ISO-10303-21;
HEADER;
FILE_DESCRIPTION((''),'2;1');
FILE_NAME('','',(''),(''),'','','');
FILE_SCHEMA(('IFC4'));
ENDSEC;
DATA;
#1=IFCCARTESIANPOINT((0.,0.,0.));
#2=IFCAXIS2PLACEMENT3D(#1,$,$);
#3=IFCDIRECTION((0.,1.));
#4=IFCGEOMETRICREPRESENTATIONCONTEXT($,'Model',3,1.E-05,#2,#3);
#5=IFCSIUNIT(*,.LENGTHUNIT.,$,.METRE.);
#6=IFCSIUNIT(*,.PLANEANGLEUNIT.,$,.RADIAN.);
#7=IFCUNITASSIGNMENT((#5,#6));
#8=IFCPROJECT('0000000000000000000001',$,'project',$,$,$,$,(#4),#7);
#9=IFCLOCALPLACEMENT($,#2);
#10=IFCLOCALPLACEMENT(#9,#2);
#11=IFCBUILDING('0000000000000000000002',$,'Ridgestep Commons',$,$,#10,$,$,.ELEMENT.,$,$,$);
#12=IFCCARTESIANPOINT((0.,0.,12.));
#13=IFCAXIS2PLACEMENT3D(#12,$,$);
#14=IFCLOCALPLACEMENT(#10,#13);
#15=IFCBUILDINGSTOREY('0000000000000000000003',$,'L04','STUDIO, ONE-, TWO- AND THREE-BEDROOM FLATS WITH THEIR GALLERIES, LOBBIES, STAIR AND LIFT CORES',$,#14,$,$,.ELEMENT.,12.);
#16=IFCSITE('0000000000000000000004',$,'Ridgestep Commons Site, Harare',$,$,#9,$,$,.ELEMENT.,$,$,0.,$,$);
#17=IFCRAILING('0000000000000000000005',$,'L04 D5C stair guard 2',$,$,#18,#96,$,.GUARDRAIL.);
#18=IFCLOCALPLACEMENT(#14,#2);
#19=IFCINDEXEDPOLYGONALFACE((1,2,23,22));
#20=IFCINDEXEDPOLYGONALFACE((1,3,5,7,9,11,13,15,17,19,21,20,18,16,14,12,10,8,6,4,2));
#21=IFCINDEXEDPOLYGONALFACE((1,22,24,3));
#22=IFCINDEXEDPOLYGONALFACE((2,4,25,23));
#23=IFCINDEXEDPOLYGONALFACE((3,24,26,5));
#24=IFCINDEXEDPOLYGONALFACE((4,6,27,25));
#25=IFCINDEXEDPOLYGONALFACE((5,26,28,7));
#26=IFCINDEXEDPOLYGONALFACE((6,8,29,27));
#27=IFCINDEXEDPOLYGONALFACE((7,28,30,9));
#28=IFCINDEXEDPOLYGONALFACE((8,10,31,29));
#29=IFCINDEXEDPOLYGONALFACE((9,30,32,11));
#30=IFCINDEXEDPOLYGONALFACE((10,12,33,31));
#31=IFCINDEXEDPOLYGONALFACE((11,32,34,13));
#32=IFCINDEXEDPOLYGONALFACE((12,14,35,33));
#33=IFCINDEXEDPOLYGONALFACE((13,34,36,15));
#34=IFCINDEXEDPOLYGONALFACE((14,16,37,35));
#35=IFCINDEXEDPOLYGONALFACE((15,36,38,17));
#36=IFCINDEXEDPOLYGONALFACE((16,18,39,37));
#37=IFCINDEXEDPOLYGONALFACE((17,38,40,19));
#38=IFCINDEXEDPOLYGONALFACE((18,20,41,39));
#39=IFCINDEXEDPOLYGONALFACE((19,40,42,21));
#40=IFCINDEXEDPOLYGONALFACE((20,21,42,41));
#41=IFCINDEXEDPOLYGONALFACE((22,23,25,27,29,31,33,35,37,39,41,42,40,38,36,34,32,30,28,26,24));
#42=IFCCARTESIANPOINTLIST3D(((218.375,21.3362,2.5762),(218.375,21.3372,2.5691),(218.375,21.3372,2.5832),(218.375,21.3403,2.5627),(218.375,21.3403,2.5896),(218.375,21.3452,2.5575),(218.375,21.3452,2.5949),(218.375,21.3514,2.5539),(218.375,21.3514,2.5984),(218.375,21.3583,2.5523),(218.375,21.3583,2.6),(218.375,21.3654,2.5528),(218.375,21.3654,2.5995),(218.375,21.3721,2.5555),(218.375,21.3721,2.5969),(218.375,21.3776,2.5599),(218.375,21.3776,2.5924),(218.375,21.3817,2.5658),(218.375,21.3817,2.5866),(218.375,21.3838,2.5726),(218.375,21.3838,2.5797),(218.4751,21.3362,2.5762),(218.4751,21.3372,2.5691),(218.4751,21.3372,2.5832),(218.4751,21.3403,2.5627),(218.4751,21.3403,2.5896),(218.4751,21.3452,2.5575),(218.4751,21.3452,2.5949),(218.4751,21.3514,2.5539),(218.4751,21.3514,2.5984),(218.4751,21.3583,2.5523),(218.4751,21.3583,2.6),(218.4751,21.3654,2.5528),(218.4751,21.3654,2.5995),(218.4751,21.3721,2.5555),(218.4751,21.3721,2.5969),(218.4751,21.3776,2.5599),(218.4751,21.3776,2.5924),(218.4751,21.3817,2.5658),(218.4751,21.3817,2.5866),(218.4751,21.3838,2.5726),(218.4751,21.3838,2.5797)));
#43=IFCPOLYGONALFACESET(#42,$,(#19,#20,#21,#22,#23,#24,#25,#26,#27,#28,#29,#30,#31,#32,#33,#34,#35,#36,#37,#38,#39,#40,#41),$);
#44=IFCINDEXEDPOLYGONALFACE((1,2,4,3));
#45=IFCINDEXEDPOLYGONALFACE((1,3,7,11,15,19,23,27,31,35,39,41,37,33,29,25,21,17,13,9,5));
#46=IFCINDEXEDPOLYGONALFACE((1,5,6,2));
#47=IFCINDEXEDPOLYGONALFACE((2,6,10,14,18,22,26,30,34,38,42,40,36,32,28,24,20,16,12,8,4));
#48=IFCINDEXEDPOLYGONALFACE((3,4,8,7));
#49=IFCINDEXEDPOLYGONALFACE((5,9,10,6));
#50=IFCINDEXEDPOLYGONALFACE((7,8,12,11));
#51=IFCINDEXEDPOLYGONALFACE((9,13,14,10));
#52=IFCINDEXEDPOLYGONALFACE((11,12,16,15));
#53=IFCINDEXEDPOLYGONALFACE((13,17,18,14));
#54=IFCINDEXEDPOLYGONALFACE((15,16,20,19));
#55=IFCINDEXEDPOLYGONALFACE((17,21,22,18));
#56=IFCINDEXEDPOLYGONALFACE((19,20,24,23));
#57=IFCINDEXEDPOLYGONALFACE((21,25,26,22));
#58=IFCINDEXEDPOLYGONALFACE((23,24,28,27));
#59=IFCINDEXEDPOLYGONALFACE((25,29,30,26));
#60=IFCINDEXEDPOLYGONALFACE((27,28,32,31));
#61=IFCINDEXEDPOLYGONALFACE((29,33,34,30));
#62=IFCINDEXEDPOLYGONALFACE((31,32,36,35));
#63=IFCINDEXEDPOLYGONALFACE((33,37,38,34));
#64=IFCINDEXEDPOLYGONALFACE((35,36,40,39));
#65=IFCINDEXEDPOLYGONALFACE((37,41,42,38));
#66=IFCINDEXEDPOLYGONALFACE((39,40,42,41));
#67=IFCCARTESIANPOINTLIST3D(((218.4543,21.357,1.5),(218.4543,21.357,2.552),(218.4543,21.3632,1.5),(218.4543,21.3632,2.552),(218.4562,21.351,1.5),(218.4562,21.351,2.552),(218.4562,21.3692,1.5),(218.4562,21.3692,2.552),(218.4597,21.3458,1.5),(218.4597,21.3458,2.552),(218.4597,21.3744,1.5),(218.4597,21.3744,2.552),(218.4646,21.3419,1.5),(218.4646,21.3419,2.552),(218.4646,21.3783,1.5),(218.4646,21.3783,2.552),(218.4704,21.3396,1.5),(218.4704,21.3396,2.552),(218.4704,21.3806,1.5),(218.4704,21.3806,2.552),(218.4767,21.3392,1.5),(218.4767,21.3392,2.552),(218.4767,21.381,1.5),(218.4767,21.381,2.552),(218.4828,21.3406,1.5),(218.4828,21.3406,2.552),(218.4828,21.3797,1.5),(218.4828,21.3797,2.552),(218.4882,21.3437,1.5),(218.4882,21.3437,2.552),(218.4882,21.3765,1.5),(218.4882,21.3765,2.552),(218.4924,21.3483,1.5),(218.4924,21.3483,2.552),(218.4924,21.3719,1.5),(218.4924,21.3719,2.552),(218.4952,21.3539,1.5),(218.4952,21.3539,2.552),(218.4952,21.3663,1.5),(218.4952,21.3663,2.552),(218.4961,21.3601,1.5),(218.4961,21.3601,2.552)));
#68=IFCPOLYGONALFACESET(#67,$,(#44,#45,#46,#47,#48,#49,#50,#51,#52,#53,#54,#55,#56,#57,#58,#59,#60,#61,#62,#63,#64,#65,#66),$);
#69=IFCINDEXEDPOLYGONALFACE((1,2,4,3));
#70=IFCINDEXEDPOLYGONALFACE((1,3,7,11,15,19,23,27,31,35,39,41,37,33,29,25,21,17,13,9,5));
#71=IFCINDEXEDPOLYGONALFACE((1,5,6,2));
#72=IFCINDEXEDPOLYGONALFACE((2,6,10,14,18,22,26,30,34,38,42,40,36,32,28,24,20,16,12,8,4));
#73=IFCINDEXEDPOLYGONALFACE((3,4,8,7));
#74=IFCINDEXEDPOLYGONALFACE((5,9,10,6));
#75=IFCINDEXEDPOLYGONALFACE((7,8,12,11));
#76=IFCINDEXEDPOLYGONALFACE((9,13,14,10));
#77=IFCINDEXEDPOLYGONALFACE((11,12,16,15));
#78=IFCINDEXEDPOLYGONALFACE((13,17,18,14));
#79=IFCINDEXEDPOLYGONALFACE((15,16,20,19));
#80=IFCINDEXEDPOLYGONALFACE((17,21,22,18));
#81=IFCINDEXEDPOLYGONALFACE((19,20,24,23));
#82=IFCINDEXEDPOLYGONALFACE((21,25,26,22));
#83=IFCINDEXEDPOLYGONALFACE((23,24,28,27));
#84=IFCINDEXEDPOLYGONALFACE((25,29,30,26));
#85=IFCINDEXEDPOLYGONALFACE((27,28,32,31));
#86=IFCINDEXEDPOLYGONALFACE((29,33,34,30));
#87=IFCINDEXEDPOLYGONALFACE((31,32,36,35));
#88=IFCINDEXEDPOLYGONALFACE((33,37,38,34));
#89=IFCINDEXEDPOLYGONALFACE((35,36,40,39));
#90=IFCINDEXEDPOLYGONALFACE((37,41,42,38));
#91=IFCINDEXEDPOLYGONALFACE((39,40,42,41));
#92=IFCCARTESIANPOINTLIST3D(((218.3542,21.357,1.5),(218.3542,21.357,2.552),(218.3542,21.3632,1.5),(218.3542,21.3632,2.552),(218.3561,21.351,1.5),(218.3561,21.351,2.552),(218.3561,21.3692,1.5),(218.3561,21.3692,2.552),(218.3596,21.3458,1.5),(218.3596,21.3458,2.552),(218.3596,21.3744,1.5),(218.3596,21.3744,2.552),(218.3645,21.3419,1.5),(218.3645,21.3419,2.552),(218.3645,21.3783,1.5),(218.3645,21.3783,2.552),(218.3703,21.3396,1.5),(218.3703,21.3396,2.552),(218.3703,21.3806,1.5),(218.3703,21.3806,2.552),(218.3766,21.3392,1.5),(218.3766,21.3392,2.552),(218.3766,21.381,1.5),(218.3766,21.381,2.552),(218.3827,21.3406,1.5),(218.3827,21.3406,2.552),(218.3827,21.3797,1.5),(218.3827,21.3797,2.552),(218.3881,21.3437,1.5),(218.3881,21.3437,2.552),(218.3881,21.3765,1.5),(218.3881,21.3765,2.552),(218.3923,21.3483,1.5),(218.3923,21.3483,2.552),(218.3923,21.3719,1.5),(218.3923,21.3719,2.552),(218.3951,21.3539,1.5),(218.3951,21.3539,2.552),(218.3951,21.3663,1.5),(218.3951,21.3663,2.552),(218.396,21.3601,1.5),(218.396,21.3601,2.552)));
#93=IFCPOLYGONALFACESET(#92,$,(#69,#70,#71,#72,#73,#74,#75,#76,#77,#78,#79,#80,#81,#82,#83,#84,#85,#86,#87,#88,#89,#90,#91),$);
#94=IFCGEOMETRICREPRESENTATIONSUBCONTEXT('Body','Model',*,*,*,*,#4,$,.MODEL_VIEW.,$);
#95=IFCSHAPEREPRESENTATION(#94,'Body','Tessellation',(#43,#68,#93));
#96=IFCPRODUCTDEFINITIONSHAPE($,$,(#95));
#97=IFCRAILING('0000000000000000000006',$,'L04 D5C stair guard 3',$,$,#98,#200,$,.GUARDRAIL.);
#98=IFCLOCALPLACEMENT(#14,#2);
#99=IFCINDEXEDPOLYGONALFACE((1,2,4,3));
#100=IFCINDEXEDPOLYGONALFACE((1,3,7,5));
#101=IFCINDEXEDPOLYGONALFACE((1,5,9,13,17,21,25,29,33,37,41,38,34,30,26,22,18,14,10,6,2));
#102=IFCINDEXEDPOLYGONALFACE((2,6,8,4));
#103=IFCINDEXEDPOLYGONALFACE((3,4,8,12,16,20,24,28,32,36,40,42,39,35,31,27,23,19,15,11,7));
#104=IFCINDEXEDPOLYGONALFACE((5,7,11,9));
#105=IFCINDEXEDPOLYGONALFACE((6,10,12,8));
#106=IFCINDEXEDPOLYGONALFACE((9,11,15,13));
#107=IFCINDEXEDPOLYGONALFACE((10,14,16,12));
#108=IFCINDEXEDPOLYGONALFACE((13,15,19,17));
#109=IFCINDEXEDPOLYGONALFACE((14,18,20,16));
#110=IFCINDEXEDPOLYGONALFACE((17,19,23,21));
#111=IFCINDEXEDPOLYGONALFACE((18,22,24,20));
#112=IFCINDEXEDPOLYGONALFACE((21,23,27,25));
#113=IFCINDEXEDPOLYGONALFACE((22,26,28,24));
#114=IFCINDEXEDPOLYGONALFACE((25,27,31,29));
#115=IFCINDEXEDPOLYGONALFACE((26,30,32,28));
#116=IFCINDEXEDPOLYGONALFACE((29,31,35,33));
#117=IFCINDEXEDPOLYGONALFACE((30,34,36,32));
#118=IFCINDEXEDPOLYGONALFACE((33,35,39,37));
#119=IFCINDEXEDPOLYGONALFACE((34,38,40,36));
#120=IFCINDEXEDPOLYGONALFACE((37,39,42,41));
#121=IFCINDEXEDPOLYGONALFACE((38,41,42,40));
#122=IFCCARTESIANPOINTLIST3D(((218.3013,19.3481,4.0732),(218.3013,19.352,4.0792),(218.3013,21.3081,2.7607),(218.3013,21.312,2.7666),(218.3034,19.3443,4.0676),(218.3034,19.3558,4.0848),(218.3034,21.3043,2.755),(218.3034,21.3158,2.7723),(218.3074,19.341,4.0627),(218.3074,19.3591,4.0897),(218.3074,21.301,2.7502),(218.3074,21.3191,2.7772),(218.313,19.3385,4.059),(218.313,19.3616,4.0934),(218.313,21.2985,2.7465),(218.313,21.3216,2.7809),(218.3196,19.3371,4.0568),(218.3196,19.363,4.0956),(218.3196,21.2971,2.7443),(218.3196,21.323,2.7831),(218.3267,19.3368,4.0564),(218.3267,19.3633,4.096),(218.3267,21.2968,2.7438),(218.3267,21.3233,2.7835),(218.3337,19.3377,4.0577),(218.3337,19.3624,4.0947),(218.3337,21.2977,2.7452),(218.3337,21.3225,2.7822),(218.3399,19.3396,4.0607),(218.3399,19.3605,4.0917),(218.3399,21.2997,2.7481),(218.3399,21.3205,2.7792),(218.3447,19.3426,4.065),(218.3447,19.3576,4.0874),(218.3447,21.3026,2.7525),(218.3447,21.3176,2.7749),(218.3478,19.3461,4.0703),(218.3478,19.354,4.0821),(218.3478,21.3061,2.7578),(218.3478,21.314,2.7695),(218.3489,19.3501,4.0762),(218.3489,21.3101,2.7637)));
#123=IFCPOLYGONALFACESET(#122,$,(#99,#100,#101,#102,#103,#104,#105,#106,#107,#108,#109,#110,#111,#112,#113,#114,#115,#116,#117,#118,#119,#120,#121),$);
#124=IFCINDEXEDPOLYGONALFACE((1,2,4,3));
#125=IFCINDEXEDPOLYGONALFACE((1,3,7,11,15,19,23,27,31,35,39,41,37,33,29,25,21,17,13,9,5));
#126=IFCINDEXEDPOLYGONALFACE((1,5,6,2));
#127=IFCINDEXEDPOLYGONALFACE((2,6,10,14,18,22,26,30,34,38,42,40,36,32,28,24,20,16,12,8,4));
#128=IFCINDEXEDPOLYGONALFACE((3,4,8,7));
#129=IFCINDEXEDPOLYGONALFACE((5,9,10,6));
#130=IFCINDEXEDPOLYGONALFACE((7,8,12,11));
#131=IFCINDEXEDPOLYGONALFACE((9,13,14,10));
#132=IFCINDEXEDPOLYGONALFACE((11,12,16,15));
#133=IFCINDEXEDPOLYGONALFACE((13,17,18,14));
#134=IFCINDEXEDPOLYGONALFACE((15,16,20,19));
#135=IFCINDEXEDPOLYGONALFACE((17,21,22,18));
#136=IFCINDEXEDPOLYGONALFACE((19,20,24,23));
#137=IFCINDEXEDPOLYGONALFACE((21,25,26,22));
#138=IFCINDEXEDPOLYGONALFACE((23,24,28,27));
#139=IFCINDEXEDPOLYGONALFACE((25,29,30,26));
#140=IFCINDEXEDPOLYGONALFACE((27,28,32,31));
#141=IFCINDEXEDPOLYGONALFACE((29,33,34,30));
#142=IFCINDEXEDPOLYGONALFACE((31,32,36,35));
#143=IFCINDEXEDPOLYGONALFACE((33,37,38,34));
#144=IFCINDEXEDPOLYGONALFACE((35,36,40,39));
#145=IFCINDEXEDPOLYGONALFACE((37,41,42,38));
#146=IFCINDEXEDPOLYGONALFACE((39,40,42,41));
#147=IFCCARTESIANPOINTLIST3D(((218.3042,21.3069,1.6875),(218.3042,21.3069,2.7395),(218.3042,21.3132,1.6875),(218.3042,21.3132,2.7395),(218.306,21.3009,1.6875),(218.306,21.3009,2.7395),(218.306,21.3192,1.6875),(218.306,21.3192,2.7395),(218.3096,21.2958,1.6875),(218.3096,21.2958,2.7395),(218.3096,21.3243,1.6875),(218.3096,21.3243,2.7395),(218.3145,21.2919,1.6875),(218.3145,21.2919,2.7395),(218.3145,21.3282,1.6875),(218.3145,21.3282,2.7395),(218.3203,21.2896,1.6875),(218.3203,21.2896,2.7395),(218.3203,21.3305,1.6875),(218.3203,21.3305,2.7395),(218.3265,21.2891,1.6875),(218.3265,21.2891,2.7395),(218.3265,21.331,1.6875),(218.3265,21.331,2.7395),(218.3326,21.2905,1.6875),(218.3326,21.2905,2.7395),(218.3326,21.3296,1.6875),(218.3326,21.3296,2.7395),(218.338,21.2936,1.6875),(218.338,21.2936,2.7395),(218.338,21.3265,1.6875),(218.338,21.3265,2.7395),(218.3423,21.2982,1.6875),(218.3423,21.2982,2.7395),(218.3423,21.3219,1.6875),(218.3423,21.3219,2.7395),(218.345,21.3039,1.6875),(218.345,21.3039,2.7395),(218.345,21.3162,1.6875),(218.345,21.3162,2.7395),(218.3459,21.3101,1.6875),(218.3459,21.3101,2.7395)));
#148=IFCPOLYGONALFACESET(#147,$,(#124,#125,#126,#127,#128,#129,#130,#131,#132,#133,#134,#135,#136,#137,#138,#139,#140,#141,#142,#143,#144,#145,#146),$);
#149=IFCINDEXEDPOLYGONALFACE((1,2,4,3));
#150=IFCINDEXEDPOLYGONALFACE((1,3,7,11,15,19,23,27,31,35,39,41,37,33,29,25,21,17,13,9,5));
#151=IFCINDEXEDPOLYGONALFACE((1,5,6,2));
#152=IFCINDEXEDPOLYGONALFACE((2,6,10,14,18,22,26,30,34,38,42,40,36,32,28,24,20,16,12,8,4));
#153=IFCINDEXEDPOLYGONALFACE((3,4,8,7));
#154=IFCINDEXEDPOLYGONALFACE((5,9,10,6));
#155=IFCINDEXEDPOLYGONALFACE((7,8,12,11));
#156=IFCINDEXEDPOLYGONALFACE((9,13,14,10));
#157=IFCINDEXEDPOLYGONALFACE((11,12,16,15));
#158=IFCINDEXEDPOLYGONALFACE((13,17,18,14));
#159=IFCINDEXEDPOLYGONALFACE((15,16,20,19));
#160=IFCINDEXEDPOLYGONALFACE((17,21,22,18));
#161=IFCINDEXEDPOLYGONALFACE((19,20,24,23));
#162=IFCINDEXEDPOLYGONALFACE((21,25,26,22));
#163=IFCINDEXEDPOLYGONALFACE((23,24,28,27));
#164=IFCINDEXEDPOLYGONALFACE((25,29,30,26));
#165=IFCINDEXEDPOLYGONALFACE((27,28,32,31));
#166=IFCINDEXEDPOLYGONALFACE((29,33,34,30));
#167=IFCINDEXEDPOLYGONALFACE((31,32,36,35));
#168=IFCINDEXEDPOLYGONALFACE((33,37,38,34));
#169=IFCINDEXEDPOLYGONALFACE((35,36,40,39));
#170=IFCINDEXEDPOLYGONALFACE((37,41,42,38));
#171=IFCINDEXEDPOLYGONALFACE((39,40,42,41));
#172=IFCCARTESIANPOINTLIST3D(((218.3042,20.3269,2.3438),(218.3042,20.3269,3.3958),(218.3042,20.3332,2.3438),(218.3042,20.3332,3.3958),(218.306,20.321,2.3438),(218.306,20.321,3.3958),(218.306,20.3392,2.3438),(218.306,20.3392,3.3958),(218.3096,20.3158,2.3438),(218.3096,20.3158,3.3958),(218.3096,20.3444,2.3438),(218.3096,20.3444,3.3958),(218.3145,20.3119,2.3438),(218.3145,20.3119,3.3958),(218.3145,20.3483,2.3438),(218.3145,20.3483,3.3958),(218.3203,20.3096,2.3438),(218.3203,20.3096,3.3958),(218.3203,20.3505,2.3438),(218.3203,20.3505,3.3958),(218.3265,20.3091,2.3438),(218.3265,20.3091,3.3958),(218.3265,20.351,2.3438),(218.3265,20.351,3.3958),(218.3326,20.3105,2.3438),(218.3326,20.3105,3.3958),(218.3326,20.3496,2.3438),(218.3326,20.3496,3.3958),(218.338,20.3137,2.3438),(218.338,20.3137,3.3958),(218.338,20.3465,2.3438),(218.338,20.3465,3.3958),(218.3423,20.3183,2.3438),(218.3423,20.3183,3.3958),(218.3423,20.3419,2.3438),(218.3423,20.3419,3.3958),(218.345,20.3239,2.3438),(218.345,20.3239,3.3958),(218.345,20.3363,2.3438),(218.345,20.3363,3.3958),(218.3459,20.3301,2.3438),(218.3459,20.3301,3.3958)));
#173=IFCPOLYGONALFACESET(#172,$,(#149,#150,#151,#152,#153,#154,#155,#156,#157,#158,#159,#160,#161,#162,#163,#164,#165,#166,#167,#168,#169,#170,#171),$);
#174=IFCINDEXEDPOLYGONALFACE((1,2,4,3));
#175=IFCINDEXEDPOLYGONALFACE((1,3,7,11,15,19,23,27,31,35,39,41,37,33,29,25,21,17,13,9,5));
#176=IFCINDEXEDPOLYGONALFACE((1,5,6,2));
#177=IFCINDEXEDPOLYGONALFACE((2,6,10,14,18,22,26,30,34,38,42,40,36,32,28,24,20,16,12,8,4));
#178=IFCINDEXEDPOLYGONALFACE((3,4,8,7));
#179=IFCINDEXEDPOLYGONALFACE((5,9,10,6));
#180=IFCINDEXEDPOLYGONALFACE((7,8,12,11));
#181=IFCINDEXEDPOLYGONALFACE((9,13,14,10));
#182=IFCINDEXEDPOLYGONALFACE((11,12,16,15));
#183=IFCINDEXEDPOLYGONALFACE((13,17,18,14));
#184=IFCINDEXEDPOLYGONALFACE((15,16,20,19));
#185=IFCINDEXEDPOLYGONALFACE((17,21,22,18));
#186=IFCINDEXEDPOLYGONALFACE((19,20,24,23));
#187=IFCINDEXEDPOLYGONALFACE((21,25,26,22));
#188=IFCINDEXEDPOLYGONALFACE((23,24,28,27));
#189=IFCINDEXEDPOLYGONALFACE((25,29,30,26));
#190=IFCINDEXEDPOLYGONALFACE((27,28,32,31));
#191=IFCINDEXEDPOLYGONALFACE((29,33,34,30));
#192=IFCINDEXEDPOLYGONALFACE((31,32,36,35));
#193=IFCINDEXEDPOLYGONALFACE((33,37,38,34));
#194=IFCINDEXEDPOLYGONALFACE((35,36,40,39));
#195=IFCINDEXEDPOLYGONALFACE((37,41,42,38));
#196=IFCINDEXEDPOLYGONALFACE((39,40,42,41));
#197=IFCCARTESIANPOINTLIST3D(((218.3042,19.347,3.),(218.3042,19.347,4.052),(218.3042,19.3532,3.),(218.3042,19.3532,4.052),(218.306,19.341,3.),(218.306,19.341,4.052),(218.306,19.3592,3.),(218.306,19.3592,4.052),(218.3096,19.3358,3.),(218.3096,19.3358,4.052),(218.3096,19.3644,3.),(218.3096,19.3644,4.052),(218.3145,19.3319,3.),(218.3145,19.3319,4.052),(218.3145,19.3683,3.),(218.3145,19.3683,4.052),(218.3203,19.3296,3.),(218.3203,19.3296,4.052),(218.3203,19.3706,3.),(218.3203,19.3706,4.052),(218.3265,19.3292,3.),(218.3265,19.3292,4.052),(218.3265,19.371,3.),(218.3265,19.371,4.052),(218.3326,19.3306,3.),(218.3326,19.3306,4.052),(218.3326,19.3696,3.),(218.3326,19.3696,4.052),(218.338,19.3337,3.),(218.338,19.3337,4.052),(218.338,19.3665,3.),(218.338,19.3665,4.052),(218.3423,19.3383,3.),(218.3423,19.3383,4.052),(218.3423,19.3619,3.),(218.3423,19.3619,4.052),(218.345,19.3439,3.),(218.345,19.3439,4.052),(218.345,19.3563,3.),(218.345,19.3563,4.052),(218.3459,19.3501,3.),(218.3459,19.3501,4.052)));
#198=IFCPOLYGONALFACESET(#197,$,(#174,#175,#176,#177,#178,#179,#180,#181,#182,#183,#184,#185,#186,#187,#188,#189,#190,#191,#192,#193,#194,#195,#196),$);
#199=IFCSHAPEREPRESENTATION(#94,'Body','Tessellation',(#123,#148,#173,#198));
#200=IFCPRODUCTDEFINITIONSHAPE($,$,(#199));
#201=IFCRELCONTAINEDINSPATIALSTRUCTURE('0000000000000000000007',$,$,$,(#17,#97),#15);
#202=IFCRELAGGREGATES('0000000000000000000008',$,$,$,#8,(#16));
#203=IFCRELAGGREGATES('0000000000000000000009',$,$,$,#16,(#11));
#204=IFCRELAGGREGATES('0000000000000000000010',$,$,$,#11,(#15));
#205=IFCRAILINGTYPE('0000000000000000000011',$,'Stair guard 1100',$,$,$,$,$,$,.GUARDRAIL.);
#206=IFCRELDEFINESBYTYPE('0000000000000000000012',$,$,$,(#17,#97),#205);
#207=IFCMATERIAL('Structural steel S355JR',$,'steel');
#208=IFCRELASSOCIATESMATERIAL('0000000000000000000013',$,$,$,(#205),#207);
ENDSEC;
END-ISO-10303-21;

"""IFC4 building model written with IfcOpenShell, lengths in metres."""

from ifc_helpers import new_model, si_unit, direction, frame, origin, origin_2d, place, context, subcontext, project, spatial, circle, extrude, material, type_object, element, save


model = new_model("IFC4")

# Units and contexts
model_context = context("Model", 3, precision=1e-05, world=origin(), true_north=direction((0.0, 1.0)))
body_context = subcontext(model_context, "Body", "Model", "MODEL_VIEW")
ifc_project = project(units=[si_unit("LENGTHUNIT", "METRE"), si_unit("PLANEANGLEUNIT", "RADIAN")], contexts=[model_context])

# Site, building, storey
site_placement = place(None, origin())
site = spatial("IfcSite", under=ifc_project, at=site_placement, Name="Ridgestep Commons Site, Harare", CompositionType="ELEMENT", RefElevation=0.0)
building_placement = place(site_placement, origin())
building = spatial("IfcBuilding", under=site, at=building_placement, Name="Ridgestep Commons", CompositionType="ELEMENT")
storey_placement = place(building_placement, frame((0.0, 0.0, 12.0)))
storey = spatial("IfcBuildingStorey", under=building, at=storey_placement, Name="L04", Description="STUDIO, ONE-, TWO- AND THREE-BEDROOM FLATS WITH THEIR GALLERIES, LOBBIES, STAIR AND LIFT CORES", CompositionType="ELEMENT", Elevation=12.0)

# Railings
ifc_material_1 = material(Name="Structural steel S355JR", Category="steel")
railing_type_1 = type_object("IfcRailingType", Name="Stair guard 1100", PredefinedType="GUARDRAIL", material=ifc_material_1)
railing_1_placement = place(storey_placement, frame((218.4751, 21.3601, 1.5)))
element("IfcRailing", 1, at=railing_1_placement, inside=storey, type_object=railing_type_1, Name="L04 D5C stair guard 2", PredefinedType="GUARDRAIL", context=body_context, shape_type="SweptSolid", body=[
    extrude(circle(Radius=0.0239, at=origin_2d()), frame((0.0, 0.0, 1.0762), z_axis=(-1.0, 0.0, 0.0), x_axis=(0.0, -1.0, 0.0)), (0.0, 0.0, 1.0), 0.1001),
    extrude(circle(Radius=0.021, at=origin_2d()), origin(), (0.0, 0.0, 1.0), 1.052),
    extrude(circle(Radius=0.021, at=origin_2d()), frame((-0.1001, 0.0, 0.0)), (0.0, 0.0, 1.0), 1.052),
])
railing_2_placement = place(storey_placement, frame((218.325, 21.3101, 1.6875)))
element("IfcRailing", 2, at=railing_2_placement, inside=storey, type_object=railing_type_1, Name="L04 D5C stair guard 3", PredefinedType="GUARDRAIL", context=body_context, shape_type="SweptSolid", body=[
    extrude(circle(Radius=0.0239, at=origin_2d()), frame((0.0, 0.0, 1.0762), z_axis=(0.0, -0.830902, 0.556419), x_axis=(1.0, 0.0, 0.0)), (0.0, 0.0, 1.0), 2.3589),
    extrude(circle(Radius=0.021, at=origin_2d()), origin(), (0.0, 0.0, 1.0), 1.052),
    extrude(circle(Radius=0.021, at=origin_2d()), frame((0.0, -0.98, 0.6562)), (0.0, 0.0, 1.0), 1.052),
    extrude(circle(Radius=0.021, at=origin_2d()), frame((0.0, -1.96, 1.3125)), (0.0, 0.0, 1.0), 1.052),
])

save(model, "model.ifc")
